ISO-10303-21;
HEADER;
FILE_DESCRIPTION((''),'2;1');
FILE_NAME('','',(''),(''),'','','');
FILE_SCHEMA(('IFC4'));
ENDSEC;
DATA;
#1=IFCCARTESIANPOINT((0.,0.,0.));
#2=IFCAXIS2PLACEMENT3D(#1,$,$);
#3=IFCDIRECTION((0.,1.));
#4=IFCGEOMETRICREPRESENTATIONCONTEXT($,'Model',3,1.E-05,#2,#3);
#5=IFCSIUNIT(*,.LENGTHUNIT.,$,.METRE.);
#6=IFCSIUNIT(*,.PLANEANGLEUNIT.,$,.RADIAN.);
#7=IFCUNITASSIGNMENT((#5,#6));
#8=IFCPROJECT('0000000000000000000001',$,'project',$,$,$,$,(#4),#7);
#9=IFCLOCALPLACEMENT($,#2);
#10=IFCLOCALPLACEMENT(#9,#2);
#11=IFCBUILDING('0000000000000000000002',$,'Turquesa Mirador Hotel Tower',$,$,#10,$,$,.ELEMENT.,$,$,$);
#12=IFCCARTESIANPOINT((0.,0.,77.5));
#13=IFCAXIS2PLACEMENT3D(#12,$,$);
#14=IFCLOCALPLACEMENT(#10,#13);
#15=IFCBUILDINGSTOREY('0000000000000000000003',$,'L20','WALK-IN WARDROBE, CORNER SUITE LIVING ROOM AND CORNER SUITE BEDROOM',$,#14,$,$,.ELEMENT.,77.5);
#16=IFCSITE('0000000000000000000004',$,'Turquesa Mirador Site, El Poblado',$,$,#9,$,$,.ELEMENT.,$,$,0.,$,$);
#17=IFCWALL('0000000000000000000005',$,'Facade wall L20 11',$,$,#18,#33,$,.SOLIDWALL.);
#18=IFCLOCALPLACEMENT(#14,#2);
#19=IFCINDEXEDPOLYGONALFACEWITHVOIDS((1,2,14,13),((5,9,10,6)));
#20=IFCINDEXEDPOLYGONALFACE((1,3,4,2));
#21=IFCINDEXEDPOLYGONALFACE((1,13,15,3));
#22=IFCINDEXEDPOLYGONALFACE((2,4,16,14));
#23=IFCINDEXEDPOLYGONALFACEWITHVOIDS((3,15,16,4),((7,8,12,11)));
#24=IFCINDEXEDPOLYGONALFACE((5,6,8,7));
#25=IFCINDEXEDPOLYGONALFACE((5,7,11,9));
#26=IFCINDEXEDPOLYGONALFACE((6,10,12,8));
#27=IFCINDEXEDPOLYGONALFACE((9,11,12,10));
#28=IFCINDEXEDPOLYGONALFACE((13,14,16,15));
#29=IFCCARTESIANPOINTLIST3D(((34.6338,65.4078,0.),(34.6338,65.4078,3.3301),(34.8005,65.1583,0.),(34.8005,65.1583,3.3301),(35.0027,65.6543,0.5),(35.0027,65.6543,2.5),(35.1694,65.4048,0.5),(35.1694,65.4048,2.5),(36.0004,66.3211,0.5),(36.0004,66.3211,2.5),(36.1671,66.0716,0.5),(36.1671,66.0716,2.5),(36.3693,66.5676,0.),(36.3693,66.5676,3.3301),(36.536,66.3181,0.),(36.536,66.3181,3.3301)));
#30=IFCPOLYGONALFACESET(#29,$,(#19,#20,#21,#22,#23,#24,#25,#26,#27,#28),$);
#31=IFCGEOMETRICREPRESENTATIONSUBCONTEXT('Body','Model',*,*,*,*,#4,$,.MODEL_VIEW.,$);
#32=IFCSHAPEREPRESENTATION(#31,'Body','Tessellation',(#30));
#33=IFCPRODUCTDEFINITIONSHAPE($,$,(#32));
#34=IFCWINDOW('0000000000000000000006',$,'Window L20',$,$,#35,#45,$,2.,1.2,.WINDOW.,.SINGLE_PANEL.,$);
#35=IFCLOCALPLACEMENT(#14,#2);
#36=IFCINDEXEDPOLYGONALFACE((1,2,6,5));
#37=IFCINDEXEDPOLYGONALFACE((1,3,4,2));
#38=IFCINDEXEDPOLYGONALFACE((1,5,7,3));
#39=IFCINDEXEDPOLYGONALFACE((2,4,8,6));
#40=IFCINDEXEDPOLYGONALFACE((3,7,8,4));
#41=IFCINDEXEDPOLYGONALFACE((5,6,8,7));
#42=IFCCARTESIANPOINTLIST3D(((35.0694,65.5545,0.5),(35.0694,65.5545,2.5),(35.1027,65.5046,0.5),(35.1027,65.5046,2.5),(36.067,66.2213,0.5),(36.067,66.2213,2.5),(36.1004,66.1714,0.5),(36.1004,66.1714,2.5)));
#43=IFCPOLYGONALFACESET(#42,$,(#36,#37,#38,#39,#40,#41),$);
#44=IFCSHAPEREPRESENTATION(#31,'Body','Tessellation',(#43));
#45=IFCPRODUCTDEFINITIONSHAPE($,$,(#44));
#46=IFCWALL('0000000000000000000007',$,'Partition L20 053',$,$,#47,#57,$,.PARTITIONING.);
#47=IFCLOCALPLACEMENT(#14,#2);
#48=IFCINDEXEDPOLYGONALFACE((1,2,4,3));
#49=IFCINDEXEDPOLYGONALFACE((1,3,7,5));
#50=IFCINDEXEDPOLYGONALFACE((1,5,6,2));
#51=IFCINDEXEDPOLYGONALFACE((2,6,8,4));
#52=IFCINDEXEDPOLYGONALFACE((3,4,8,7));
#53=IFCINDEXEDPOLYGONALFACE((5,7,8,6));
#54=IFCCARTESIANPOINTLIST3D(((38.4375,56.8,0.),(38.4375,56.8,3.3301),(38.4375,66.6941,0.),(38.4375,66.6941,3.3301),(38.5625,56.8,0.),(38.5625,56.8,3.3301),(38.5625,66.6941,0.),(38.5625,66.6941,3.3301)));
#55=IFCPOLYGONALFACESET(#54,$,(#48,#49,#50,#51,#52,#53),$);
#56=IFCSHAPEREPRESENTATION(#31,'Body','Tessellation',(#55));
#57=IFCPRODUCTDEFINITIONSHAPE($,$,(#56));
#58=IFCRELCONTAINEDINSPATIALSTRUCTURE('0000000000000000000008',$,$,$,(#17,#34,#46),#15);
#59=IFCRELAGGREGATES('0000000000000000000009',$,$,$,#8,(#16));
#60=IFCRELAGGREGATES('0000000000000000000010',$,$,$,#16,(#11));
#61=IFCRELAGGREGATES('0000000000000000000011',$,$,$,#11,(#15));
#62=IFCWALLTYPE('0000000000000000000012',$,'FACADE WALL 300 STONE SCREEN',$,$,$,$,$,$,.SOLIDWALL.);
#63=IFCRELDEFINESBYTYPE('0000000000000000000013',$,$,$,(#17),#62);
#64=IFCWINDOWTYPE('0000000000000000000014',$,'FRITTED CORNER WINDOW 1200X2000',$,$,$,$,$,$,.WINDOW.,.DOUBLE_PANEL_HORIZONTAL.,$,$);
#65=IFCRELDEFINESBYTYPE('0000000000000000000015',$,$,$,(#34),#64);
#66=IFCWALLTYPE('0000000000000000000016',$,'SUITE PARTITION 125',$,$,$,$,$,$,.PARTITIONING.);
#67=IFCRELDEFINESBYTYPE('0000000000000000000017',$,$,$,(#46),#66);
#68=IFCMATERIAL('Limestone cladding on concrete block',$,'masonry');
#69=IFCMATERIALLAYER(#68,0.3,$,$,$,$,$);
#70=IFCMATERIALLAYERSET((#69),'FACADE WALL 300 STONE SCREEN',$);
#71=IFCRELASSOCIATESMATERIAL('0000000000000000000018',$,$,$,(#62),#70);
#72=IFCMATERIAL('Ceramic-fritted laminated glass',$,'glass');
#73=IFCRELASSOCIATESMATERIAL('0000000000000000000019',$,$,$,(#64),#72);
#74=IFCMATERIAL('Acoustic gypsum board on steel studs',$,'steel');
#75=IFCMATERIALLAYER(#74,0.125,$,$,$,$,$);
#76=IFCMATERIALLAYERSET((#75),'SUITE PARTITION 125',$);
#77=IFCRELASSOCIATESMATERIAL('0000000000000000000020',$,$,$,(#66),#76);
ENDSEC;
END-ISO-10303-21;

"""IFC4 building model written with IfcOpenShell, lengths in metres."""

from ifc_helpers import new_model, si_unit, direction, frame, frame_2d, origin, place, context, subcontext, project, spatial, rectangle, extrude, material, layer, layer_set, type_object, element, fill, save


model = new_model("IFC4")

# Units and contexts
model_context = context("Model", 3, precision=1e-05, world=origin(), true_north=direction((0.0, 1.0)))
body_context = subcontext(model_context, "Body", "Model", "MODEL_VIEW")
ifc_project = project(units=[si_unit("LENGTHUNIT", "METRE"), si_unit("PLANEANGLEUNIT", "RADIAN")], contexts=[model_context])

# Site, building, storey
site_placement = place(None, origin())
site = spatial("IfcSite", under=ifc_project, at=site_placement, Name="Turquesa Mirador Site, El Poblado", CompositionType="ELEMENT", RefElevation=0.0)
building_placement = place(site_placement, origin())
building = spatial("IfcBuilding", under=site, at=building_placement, Name="Turquesa Mirador Hotel Tower", CompositionType="ELEMENT")
storey_placement = place(building_placement, frame((0.0, 0.0, 77.5)))
storey = spatial("IfcBuildingStorey", under=building, at=storey_placement, Name="L20", Description="WALK-IN WARDROBE, CORNER SUITE LIVING ROOM AND CORNER SUITE BEDROOM", CompositionType="ELEMENT", Elevation=77.5)

# Wall, opening, window
ifc_material_1 = material(Name="Limestone cladding on concrete block", Category="masonry")
ifc_layer_1 = layer(ifc_material_1, 0.3)
ifc_layer_set_1 = layer_set([ifc_layer_1], Name="FACADE WALL 300 STONE SCREEN")
wall_type_1 = type_object("IfcWallType", Name="FACADE WALL 300 STONE SCREEN", PredefinedType="SOLIDWALL", material=ifc_layer_set_1)
wall_1_placement = place(storey_placement, frame((36.4526, 66.4429, 0.0), z_axis=(0.0, 0.0, 1.0), x_axis=(-0.83142, -0.555644, 0.0)))
wall_1 = element("IfcWall", 1, at=wall_1_placement, inside=storey, type_object=wall_type_1, Name="Facade wall L20 11", PredefinedType="SOLIDWALL", context=body_context, shape_type="SweptSolid", body=[
    extrude(rectangle(XDim=2.0874, YDim=0.3, at=frame_2d((1.0437, 0.0))), origin(), (0.0, 0.0, 1.0), 3.3301),
])
opening_1_placement = place(wall_1_placement, frame((0.4436, 0.0, 0.5)))
opening_1 = element("IfcOpeningElement", 2, at=opening_1_placement, cuts=wall_1, PredefinedType="OPENING", context=body_context, shape_type="SweptSolid", body=[
    extrude(rectangle(XDim=1.2, YDim=2.0, at=frame_2d((0.6001, 1.0))), frame((0.0, 0.1599, 0.0), z_axis=(0.0, -1.0, 0.0), x_axis=(1.0, 0.0, 0.0)), (0.0, 0.0, 1.0), 0.3201),
])
ifc_material_2 = material(Name="Ceramic-fritted laminated glass", Category="glass")
window_type_1 = type_object("IfcWindowType", Name="FRITTED CORNER WINDOW 1200X2000", PartitioningType="DOUBLE_PANEL_HORIZONTAL", PredefinedType="WINDOW", material=ifc_material_2)
window_1_placement = place(opening_1_placement, origin())
window_1 = element("IfcWindow", 3, at=window_1_placement, inside=storey, type_object=window_type_1, Name="Window L20", OverallHeight=2.0, OverallWidth=1.2, PartitioningType="SINGLE_PANEL", PredefinedType="WINDOW", context=body_context, shape_type="SweptSolid", body=[
    extrude(rectangle(XDim=1.2, YDim=2.0, at=frame_2d((0.6001, 1.0))), frame((0.0, 0.03, 0.0), z_axis=(0.0, -1.0, 0.0), x_axis=(1.0, 0.0, 0.0)), (0.0, 0.0, 1.0), 0.0601),
])
fill(opening_1, window_1)

# Wall
ifc_material_3 = material(Name="Acoustic gypsum board on steel studs", Category="steel")
ifc_layer_2 = layer(ifc_material_3, 0.125)
ifc_layer_set_2 = layer_set([ifc_layer_2], Name="SUITE PARTITION 125")
wall_type_2 = type_object("IfcWallType", Name="SUITE PARTITION 125", PredefinedType="PARTITIONING", material=ifc_layer_set_2)
wall_2_placement = place(storey_placement, frame((38.5, 56.8, 0.0), z_axis=(0.0, 0.0, 1.0), x_axis=(0.0, 1.0, 0.0)))
element("IfcWall", 4, at=wall_2_placement, inside=storey, type_object=wall_type_2, Name="Partition L20 053", PredefinedType="PARTITIONING", context=body_context, shape_type="SweptSolid", body=[
    extrude(rectangle(XDim=9.894, YDim=0.125, at=frame_2d((4.947, 0.0))), origin(), (0.0, 0.0, 1.0), 3.3301),
])

save(model, "model.ifc")
